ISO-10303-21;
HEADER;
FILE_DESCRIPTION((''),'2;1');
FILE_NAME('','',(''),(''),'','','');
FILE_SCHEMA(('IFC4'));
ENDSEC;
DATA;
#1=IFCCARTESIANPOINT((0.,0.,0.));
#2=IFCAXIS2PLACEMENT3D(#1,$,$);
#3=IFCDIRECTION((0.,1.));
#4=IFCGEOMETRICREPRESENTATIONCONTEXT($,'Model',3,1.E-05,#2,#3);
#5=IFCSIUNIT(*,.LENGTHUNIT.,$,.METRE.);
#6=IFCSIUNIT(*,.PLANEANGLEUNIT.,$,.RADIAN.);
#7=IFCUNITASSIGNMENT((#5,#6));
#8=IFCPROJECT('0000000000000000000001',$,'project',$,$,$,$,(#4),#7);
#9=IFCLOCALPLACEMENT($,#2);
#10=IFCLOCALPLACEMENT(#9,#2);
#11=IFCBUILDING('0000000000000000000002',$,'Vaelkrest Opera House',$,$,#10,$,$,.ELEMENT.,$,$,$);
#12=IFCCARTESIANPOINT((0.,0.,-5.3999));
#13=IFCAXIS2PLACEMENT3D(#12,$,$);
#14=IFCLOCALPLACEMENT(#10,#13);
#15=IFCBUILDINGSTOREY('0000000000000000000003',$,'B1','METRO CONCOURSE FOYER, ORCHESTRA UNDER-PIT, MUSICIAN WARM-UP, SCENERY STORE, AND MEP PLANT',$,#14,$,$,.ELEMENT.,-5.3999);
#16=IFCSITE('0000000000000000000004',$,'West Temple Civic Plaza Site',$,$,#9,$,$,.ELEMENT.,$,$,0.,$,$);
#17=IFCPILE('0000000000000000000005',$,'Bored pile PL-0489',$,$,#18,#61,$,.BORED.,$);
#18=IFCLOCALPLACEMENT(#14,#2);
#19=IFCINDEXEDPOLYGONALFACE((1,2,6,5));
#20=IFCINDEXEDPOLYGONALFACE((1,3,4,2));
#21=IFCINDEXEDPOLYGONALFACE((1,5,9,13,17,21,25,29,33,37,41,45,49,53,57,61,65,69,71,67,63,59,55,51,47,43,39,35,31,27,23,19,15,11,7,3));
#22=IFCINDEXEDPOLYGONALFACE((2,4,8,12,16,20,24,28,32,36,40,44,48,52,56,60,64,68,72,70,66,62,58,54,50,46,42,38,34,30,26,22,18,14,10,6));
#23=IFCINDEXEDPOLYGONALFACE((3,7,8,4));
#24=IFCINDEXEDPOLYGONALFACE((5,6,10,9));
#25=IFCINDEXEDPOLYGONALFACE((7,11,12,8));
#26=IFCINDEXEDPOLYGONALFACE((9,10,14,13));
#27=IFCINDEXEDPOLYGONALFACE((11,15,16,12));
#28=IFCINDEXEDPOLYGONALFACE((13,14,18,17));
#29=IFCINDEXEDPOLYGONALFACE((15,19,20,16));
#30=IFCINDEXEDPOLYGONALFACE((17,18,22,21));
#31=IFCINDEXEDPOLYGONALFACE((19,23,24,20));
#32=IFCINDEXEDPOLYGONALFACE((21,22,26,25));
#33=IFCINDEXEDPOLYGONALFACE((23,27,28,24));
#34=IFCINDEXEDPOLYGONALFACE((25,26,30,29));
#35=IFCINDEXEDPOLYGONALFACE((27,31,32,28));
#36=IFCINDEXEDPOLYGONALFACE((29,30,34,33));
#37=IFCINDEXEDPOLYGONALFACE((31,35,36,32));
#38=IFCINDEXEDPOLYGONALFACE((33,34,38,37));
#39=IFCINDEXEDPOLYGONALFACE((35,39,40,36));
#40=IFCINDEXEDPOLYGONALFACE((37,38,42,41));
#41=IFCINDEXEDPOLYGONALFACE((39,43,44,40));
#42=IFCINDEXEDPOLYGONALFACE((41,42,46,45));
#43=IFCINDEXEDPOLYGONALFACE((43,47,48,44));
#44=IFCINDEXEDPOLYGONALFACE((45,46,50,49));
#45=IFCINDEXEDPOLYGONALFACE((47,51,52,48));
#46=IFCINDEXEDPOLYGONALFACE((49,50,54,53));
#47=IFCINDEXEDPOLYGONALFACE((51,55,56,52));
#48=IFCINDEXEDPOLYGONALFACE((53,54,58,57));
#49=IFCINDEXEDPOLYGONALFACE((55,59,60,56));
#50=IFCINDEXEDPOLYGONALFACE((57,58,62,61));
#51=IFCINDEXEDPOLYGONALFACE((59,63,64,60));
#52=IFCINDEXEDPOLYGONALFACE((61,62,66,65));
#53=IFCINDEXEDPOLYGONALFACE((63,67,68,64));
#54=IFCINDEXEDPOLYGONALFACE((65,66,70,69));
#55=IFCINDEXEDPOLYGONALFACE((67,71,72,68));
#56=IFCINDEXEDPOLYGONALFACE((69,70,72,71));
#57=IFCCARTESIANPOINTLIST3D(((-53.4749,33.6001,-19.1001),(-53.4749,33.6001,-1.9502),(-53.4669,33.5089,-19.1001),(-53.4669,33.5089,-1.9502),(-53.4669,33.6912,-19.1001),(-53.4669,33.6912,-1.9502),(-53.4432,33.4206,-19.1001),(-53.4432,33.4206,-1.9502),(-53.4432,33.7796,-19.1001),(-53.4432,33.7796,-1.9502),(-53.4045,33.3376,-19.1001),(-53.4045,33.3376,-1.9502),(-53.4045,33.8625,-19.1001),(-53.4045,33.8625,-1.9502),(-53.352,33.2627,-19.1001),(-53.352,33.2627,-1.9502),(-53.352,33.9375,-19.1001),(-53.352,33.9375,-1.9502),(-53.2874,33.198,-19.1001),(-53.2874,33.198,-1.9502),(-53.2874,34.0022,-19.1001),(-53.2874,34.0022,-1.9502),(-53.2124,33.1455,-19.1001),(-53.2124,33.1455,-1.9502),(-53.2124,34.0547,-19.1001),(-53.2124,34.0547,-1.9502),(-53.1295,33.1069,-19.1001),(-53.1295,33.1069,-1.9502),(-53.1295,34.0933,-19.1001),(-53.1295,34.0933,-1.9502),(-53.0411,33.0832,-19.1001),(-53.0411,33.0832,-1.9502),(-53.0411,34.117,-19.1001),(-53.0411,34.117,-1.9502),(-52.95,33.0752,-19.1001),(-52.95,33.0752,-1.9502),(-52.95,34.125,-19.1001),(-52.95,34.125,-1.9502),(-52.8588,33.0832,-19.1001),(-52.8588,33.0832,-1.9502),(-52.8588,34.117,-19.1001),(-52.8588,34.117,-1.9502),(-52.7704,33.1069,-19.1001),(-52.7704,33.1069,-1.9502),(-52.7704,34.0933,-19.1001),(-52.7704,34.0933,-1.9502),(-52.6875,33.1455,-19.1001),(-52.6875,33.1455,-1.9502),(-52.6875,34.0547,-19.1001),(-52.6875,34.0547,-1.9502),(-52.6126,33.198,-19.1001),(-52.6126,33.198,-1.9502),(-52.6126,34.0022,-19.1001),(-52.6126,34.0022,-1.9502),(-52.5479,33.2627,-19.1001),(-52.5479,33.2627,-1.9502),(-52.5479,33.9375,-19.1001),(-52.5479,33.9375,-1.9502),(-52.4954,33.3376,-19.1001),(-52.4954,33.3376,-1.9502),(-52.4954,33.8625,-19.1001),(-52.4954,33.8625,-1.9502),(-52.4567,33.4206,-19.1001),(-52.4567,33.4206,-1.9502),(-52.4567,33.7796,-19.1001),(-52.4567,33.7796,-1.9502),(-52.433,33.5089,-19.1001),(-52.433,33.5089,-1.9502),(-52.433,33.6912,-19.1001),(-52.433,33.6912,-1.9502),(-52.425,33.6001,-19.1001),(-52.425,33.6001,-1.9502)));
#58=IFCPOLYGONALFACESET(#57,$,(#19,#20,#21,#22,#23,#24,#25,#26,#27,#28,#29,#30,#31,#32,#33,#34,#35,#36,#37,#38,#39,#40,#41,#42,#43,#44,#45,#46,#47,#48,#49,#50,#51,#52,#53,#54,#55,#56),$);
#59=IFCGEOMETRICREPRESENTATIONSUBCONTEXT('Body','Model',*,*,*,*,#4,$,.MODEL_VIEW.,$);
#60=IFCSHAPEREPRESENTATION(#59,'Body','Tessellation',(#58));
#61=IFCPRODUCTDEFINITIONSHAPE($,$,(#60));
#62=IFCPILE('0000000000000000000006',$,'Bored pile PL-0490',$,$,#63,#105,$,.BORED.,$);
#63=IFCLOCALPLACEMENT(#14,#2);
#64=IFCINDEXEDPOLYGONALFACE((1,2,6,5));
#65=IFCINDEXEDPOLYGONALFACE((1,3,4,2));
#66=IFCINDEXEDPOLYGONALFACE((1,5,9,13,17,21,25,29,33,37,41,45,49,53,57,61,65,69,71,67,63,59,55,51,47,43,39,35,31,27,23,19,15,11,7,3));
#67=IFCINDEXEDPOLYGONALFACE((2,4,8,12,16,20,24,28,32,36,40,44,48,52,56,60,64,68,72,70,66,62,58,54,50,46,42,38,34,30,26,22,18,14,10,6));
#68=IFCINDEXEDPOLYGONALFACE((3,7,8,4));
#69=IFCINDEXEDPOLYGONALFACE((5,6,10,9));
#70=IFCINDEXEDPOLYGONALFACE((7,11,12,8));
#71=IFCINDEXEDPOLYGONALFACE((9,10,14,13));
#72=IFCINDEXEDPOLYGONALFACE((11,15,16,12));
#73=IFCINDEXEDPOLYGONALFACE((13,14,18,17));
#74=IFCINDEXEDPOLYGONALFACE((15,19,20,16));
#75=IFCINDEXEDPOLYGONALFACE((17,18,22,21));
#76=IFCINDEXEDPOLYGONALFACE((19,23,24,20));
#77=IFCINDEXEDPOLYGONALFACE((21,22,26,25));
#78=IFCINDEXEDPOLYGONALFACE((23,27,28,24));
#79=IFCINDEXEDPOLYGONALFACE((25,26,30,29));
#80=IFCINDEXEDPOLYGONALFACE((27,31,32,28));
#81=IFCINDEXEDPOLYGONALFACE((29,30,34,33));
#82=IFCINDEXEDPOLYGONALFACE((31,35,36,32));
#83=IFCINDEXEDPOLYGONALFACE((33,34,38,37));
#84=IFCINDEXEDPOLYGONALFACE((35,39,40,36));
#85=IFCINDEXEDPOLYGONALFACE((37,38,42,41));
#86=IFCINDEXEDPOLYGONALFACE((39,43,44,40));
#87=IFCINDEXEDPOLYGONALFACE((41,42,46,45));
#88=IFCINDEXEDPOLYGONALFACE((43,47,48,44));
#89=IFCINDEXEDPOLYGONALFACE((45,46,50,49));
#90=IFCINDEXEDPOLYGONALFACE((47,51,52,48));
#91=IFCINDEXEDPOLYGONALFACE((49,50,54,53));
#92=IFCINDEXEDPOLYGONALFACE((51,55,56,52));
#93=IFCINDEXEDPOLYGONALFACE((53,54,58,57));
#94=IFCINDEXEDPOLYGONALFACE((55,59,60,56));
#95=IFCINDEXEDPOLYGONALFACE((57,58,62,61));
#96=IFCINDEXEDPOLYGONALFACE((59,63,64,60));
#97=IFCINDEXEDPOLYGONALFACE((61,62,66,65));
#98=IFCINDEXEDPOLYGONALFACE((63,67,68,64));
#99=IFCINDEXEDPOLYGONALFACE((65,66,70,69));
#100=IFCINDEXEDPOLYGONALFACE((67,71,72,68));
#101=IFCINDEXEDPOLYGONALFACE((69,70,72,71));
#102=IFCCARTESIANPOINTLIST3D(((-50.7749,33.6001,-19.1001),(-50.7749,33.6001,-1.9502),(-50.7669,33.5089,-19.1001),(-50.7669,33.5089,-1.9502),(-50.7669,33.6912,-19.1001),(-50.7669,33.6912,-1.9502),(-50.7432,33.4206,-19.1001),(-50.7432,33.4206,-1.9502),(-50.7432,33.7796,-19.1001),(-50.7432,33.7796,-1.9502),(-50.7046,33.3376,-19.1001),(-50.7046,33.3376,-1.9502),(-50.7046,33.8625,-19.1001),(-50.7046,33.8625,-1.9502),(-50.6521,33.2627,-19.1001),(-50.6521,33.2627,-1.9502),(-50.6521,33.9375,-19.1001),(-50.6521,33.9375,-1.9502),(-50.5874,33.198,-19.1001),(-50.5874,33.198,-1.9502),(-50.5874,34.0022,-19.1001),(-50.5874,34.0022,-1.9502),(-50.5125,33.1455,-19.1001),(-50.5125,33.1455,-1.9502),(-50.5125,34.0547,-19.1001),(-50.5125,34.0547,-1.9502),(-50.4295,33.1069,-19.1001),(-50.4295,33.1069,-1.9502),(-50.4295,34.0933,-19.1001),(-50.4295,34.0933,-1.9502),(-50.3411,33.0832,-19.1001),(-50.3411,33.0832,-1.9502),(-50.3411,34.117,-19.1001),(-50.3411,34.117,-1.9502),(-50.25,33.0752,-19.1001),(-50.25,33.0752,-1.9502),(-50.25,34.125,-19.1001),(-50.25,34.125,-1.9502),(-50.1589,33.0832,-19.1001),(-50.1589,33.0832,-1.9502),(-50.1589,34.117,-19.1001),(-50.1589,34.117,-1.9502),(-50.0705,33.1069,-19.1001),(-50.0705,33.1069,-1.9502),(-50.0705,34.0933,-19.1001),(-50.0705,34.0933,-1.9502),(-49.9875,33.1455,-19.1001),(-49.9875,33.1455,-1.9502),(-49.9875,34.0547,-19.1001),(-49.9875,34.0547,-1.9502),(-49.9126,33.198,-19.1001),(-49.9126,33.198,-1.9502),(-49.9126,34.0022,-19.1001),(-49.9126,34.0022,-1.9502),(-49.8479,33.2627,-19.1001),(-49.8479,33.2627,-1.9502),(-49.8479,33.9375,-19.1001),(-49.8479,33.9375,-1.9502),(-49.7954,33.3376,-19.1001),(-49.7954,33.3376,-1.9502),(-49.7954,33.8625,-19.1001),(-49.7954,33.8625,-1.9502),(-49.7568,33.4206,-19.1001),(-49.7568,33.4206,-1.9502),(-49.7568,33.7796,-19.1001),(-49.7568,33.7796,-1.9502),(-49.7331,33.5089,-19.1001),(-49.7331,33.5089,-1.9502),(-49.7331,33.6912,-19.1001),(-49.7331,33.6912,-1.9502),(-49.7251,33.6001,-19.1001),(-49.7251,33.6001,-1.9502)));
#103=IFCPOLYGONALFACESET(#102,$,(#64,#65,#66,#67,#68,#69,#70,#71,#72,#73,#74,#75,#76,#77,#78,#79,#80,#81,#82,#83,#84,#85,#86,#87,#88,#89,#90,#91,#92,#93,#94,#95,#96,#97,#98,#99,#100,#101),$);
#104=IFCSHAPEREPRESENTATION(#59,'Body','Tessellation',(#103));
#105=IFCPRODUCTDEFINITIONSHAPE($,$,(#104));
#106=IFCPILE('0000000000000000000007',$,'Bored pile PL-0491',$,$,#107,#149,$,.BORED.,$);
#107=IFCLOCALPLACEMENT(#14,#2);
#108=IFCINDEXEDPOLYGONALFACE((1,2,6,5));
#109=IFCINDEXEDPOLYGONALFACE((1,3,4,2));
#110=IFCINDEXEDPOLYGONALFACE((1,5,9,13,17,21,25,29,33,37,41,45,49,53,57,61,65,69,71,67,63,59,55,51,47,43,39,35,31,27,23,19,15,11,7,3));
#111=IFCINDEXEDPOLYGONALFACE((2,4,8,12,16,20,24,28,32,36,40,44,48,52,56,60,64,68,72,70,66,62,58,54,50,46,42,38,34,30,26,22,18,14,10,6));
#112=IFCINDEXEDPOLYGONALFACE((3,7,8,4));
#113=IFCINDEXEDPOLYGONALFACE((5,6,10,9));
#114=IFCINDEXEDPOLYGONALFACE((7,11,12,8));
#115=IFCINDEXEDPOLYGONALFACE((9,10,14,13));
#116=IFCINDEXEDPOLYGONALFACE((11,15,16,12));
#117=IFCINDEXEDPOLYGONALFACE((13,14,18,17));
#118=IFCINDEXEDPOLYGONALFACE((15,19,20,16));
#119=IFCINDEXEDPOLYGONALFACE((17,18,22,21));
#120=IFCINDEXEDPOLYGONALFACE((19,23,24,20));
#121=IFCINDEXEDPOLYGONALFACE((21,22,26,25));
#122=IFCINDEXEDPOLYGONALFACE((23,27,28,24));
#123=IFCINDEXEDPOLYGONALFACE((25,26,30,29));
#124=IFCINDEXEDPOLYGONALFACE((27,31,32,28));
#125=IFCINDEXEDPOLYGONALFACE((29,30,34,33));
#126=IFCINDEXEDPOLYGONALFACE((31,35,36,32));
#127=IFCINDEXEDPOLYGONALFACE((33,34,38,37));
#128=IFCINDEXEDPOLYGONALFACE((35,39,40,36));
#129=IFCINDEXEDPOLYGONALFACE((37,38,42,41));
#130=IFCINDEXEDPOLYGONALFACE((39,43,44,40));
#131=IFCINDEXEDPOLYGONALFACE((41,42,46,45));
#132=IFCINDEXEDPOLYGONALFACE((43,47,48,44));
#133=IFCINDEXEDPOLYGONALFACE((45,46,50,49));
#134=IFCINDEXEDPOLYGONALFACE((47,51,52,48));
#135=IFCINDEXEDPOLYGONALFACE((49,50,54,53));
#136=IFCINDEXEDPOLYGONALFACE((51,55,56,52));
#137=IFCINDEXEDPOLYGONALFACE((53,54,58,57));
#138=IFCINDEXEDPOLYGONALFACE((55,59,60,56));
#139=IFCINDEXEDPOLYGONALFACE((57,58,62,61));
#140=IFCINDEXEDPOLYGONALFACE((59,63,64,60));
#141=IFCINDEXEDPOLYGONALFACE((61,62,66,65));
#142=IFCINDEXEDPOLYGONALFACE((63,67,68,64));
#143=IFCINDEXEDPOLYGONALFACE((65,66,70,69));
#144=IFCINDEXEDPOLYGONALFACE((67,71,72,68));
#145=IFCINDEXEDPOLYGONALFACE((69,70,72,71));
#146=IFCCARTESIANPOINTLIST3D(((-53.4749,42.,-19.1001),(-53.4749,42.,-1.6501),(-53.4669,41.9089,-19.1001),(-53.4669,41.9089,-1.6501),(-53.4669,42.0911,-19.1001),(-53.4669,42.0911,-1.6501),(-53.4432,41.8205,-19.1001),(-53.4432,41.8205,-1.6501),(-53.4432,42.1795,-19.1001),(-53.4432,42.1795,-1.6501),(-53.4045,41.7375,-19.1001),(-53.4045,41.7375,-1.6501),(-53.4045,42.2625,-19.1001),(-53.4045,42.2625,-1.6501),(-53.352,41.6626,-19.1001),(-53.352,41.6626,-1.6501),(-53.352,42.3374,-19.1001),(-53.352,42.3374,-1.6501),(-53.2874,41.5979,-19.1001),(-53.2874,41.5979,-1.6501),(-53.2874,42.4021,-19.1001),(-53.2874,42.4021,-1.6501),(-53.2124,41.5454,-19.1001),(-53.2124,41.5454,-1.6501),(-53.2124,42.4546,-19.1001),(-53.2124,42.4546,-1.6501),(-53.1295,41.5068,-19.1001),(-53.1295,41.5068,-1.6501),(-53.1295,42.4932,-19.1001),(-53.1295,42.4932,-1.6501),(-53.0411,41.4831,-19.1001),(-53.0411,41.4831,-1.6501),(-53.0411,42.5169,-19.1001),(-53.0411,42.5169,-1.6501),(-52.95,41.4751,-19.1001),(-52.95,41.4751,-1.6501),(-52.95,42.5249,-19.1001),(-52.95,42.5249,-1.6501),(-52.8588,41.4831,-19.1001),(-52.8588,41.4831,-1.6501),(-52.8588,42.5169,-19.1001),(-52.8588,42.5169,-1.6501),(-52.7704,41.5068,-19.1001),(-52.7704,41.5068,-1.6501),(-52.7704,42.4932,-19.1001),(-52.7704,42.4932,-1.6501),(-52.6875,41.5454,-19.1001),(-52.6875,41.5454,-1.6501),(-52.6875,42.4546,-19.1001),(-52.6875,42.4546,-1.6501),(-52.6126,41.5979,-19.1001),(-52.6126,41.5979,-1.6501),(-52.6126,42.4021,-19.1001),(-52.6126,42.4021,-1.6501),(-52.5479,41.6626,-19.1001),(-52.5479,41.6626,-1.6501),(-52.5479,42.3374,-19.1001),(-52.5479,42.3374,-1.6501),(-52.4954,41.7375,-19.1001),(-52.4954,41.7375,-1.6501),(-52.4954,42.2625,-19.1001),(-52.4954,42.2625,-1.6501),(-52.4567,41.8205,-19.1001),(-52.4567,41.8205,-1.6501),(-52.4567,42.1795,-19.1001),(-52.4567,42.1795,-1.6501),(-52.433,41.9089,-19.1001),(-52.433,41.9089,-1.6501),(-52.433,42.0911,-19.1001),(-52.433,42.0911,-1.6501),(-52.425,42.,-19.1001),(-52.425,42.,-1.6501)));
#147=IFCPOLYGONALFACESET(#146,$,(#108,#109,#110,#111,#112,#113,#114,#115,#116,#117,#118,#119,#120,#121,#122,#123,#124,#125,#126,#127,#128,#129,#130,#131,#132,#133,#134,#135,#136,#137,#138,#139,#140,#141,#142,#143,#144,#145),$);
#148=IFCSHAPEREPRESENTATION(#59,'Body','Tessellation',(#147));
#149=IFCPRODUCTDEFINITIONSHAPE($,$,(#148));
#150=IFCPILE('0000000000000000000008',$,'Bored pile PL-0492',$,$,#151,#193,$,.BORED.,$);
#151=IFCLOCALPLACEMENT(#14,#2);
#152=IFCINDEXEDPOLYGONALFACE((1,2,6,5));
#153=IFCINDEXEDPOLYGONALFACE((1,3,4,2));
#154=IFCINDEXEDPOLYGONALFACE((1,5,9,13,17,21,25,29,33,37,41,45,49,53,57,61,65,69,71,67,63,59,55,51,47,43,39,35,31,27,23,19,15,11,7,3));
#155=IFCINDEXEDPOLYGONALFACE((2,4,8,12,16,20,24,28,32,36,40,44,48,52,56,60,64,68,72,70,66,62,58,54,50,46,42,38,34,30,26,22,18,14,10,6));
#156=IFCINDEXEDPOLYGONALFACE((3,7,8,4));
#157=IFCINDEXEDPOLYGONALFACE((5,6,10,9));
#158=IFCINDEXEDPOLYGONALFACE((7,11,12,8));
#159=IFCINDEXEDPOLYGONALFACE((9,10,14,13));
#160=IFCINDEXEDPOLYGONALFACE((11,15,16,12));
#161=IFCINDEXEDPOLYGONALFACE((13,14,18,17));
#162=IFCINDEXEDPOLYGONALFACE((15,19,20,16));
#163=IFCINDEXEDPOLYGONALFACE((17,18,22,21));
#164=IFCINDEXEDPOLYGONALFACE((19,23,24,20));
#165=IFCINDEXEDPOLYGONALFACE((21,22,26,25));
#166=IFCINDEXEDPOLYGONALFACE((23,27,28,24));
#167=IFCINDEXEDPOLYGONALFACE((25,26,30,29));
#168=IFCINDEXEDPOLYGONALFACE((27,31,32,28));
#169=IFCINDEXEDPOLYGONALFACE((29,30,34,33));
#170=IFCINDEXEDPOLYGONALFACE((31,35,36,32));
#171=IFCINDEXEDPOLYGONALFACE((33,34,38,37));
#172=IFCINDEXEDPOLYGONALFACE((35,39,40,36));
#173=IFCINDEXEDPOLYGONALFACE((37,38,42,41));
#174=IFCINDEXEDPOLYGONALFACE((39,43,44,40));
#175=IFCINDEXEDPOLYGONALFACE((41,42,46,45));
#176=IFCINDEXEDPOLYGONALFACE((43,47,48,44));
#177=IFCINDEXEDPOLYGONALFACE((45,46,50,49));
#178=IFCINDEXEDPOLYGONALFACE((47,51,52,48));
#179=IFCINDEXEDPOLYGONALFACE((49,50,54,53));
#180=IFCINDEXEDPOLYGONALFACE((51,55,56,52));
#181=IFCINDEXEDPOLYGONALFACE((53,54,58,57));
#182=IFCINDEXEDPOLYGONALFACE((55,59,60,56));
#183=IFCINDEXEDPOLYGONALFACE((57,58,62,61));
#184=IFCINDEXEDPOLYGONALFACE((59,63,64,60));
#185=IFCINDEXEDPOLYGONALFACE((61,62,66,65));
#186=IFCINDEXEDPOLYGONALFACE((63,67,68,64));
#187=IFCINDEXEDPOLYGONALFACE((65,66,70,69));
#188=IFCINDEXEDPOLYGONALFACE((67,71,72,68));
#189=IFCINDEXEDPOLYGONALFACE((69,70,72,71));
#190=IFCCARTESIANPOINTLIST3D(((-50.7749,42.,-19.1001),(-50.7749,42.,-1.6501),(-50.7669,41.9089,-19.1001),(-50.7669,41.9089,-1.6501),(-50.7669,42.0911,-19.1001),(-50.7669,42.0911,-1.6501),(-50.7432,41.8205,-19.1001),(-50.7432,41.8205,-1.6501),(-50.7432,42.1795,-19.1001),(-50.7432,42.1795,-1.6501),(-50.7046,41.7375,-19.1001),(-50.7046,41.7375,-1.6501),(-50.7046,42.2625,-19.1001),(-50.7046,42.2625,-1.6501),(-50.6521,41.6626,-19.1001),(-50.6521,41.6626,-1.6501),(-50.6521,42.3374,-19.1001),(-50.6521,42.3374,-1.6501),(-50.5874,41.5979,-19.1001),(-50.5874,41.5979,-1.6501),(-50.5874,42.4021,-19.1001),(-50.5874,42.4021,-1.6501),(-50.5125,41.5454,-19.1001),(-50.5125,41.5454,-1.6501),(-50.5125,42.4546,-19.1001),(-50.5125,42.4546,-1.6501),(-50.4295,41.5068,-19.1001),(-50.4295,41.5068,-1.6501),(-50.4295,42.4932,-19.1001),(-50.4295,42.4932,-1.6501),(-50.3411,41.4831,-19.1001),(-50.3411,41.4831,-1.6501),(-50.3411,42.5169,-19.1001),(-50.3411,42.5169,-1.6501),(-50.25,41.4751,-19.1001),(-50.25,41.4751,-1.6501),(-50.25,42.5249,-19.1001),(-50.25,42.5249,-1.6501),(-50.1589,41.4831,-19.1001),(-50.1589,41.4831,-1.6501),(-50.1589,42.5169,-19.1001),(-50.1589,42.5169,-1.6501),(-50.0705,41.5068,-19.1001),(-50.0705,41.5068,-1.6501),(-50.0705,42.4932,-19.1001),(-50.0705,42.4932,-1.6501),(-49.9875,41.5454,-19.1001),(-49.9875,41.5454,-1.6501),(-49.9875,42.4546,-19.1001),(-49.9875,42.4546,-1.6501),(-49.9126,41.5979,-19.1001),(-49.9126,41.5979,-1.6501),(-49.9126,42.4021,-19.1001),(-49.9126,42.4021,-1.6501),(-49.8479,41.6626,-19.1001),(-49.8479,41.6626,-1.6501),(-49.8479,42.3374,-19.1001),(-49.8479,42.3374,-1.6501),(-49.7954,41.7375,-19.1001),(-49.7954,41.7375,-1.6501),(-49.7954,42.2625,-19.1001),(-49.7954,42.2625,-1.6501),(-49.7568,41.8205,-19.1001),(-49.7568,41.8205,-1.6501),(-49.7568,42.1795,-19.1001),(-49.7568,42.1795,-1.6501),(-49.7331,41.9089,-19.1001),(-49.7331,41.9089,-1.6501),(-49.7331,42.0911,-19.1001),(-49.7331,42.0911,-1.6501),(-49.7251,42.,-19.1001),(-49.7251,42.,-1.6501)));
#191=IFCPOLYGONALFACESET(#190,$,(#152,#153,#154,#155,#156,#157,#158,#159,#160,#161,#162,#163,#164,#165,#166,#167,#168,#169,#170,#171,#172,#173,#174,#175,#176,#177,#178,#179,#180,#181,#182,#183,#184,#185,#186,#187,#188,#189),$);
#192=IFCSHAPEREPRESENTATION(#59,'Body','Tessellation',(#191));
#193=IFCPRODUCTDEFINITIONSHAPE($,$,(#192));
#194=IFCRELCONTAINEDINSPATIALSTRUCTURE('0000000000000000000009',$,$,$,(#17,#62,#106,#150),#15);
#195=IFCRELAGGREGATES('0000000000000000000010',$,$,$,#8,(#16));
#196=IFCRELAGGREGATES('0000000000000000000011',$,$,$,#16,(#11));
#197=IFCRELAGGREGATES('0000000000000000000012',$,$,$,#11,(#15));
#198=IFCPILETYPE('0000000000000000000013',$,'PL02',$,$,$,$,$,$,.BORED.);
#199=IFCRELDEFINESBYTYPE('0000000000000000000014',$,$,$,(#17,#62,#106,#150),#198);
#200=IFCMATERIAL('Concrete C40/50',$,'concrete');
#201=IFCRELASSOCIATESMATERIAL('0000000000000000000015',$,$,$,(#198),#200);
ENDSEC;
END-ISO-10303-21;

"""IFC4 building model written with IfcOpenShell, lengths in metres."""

from ifc_helpers import new_model, si_unit, direction, frame, origin, origin_2d, place, context, subcontext, project, spatial, circle, extrude, material, material_profile, profile_set, type_object, element, save


model = new_model("IFC4")

# Units and contexts
model_context = context("Model", 3, precision=1e-05, world=origin(), true_north=direction((0.0, 1.0)))
body_context = subcontext(model_context, "Body", "Model", "MODEL_VIEW")
ifc_project = project(units=[si_unit("LENGTHUNIT", "METRE"), si_unit("PLANEANGLEUNIT", "RADIAN")], contexts=[model_context])

# Site, building, storey
site_placement = place(None, origin())
site = spatial("IfcSite", under=ifc_project, at=site_placement, Name="West Temple Civic Plaza Site", CompositionType="ELEMENT", RefElevation=0.0)
building_placement = place(site_placement, origin())
building = spatial("IfcBuilding", under=site, at=building_placement, Name="Vaelkrest Opera House", CompositionType="ELEMENT")
storey_placement = place(building_placement, frame((0.0, 0.0, -5.3999)))
storey = spatial("IfcBuildingStorey", under=building, at=storey_placement, Name="B1", Description="METRO CONCOURSE FOYER, ORCHESTRA UNDER-PIT, MUSICIAN WARM-UP, SCENERY STORE, AND MEP PLANT", CompositionType="ELEMENT", Elevation=-5.3999)

# Shared definitions
ifc_material_1 = material(Name="Concrete C40/50", Category="concrete")

# Piles
ifc_material_profile_1 = material_profile(ifc_material_1, circle(Radius=0.5249, at=origin_2d()), Name="PILE1050")
ifc_profile_set_1 = profile_set([ifc_material_profile_1], Name="Concrete C40/50")
pile_type = type_object("IfcPileType", Name="PL02", PredefinedType="BORED", material=ifc_profile_set_1)
for number, where, z_axis, x_axis, name in (
    (1, (-52.95, 33.6001, -1.9502), (0.0, 0.0, -1.0), (1.0, 0.0, 0.0), "Bored pile PL-0489"),
    (2, (-50.25, 33.6001, -1.9502), (0.0, 0.0, -1.0), (1.0, 0.0, 0.0), "Bored pile PL-0490"),
):
    element("IfcPile", number, at=place(storey_placement, frame(where, z_axis=z_axis, x_axis=x_axis)), inside=storey, type_object=pile_type, Name=name, PredefinedType="BORED", context=body_context, shape_type="SweptSolid", body=[
        extrude(circle(Radius=0.5249, at=origin_2d()), origin(), (0.0, 0.0, 1.0), 17.1499),
    ])
for number, where, z_axis, x_axis, name in (
    (3, (-52.95, 42.0, -1.6501), (0.0, 0.0, -1.0), (1.0, 0.0, 0.0), "Bored pile PL-0491"),
    (4, (-50.25, 42.0, -1.6501), (0.0, 0.0, -1.0), (1.0, 0.0, 0.0), "Bored pile PL-0492"),
):
    element("IfcPile", number, at=place(storey_placement, frame(where, z_axis=z_axis, x_axis=x_axis)), inside=storey, type_object=pile_type, Name=name, PredefinedType="BORED", context=body_context, shape_type="SweptSolid", body=[
        extrude(circle(Radius=0.5249, at=origin_2d()), origin(), (0.0, 0.0, 1.0), 17.45),
    ])

save(model, "model.ifc")
